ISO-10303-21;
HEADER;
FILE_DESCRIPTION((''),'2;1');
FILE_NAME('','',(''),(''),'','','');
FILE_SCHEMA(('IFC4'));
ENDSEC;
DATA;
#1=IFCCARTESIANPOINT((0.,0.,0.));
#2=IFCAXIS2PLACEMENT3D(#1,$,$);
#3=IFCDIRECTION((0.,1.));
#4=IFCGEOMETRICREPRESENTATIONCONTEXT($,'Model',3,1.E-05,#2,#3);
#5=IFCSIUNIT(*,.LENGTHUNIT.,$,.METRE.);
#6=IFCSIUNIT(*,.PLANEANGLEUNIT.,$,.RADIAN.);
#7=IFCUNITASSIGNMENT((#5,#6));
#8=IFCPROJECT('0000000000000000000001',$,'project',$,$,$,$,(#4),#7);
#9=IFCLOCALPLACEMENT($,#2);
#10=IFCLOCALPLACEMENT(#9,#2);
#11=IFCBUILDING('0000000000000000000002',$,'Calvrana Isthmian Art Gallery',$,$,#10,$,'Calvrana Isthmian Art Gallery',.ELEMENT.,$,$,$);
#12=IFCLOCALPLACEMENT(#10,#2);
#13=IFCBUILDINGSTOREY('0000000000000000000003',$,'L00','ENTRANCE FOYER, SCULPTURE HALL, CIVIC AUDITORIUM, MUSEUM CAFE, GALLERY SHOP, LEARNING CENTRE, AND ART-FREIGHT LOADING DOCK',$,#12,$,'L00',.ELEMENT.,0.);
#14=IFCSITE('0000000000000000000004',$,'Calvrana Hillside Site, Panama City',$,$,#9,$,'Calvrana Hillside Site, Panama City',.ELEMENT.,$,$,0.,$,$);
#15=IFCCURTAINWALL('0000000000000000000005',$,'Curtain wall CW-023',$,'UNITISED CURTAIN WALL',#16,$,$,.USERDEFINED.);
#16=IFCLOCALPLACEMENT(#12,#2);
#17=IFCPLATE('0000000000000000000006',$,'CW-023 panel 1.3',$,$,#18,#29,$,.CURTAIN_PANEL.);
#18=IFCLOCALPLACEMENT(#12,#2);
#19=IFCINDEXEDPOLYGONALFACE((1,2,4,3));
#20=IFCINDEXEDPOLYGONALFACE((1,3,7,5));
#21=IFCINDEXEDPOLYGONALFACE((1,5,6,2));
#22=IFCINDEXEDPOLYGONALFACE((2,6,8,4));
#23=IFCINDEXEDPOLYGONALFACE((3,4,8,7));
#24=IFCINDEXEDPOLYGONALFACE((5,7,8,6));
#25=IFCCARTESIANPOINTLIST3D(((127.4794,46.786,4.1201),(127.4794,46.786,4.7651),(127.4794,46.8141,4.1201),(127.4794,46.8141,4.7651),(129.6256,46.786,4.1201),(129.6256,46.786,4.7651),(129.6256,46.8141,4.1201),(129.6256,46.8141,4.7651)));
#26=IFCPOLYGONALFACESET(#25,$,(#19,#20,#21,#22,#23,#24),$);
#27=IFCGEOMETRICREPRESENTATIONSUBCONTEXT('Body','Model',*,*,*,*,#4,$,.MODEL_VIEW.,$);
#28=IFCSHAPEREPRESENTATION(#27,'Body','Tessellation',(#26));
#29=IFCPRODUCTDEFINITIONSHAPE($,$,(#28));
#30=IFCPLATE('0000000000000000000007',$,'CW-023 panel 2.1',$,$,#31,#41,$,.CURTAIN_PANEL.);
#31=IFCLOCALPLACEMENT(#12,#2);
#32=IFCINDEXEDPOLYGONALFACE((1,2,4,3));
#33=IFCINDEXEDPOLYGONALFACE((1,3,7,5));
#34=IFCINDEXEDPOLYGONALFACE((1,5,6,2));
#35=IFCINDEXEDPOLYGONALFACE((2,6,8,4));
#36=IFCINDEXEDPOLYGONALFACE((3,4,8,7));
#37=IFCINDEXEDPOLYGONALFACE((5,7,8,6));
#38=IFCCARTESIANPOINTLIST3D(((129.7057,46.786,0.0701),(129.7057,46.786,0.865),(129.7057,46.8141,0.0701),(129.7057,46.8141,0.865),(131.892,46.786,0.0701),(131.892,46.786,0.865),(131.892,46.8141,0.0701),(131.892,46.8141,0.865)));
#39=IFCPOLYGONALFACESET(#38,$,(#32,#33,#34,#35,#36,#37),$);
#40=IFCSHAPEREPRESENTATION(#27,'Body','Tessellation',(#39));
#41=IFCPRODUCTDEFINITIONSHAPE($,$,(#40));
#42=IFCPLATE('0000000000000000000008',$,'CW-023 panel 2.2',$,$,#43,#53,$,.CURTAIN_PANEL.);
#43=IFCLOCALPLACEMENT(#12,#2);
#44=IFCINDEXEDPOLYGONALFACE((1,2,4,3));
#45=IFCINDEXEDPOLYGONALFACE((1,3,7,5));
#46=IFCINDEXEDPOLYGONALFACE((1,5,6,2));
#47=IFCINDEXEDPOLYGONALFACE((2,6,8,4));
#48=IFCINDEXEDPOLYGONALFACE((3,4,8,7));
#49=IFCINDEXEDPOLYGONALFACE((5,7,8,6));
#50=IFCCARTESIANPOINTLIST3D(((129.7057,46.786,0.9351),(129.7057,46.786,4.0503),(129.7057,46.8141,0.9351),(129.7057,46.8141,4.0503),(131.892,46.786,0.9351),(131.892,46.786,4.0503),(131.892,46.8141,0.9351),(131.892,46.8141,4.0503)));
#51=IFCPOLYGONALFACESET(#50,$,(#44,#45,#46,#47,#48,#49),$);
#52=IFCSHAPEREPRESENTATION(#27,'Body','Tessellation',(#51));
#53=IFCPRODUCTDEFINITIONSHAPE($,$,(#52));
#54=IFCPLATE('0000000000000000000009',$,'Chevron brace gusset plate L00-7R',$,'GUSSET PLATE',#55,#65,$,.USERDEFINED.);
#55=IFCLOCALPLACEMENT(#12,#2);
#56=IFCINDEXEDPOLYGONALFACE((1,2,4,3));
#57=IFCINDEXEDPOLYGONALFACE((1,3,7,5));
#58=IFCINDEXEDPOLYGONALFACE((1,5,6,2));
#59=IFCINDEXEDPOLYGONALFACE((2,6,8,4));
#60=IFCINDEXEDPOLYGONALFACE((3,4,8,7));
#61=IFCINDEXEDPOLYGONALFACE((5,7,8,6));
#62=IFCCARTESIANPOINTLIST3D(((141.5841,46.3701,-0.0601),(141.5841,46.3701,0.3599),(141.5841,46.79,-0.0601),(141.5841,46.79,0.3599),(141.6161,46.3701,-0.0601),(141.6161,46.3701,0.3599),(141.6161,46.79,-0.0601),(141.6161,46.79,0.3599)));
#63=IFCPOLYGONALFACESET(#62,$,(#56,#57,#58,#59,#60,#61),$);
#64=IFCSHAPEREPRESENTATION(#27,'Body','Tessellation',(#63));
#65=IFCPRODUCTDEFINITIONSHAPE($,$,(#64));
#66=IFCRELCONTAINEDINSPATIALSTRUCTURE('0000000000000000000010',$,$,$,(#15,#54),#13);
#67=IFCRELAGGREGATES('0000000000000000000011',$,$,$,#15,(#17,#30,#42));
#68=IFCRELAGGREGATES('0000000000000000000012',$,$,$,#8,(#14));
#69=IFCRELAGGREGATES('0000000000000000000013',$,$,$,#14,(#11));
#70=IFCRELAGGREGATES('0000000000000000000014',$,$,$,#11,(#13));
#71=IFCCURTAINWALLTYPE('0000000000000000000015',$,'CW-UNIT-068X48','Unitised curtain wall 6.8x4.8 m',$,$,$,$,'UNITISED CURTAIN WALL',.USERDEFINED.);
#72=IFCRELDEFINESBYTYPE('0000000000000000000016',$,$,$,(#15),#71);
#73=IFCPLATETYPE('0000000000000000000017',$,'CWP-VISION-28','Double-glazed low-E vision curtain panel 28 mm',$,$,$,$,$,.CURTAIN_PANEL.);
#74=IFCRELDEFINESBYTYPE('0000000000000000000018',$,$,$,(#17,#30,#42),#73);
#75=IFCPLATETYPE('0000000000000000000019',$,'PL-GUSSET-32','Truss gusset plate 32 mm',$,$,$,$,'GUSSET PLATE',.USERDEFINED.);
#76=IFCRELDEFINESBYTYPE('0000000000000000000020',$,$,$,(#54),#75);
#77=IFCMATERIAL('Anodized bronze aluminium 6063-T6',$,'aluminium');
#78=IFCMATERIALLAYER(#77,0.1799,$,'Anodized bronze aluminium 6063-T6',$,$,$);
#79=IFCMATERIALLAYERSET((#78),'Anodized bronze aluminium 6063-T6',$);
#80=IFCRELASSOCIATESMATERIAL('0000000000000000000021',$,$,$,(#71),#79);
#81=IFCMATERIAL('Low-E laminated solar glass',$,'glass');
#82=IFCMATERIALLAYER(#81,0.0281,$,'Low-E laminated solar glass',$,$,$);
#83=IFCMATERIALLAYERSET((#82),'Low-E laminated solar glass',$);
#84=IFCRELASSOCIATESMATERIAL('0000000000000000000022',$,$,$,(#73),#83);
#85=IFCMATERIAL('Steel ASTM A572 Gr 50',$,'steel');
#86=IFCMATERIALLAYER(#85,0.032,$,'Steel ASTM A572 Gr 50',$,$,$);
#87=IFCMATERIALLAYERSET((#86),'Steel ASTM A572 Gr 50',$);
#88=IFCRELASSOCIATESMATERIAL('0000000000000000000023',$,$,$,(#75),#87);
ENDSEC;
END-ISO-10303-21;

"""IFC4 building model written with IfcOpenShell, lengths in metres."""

from ifc_helpers import new_model, si_unit, direction, frame, origin, origin_2d, place, context, subcontext, project, spatial, rectangle, extrude, material, layer, layer_set, type_object, element, aggregate, save


model = new_model("IFC4")

# Units and contexts
model_context = context("Model", 3, precision=1e-05, world=origin(), true_north=direction((0.0, 1.0)))
body_context = subcontext(model_context, "Body", "Model", "MODEL_VIEW")
ifc_project = project(units=[si_unit("LENGTHUNIT", "METRE"), si_unit("PLANEANGLEUNIT", "RADIAN")], contexts=[model_context])

# Site, building, storey
site_placement = place(None, origin())
site = spatial("IfcSite", under=ifc_project, at=site_placement, Name="Calvrana Hillside Site, Panama City", LongName="Calvrana Hillside Site, Panama City", CompositionType="ELEMENT", RefElevation=0.0)
building_placement = place(site_placement, origin())
building = spatial("IfcBuilding", under=site, at=building_placement, Name="Calvrana Isthmian Art Gallery", LongName="Calvrana Isthmian Art Gallery", CompositionType="ELEMENT")
storey_placement = place(building_placement, origin())
storey = spatial("IfcBuildingStorey", under=building, at=storey_placement, Name="L00", Description="ENTRANCE FOYER, SCULPTURE HALL, CIVIC AUDITORIUM, MUSEUM CAFE, GALLERY SHOP, LEARNING CENTRE, AND ART-FREIGHT LOADING DOCK", LongName="L00", CompositionType="ELEMENT", Elevation=0.0)

# Curtain wall
ifc_material_1 = material(Name="Anodized bronze aluminium 6063-T6", Category="aluminium")
ifc_layer_1 = layer(ifc_material_1, 0.1799, Name="Anodized bronze aluminium 6063-T6")
ifc_layer_set_1 = layer_set([ifc_layer_1], Name="Anodized bronze aluminium 6063-T6")
curtain_wall_type_1 = type_object("IfcCurtainWallType", Name="CW-UNIT-068X48", Description="Unitised curtain wall 6.8x4.8 m", ElementType="UNITISED CURTAIN WALL", PredefinedType="USERDEFINED", material=ifc_layer_set_1)
curtain_wall_1_placement = place(storey_placement, origin())
curtain_wall_1 = element("IfcCurtainWall", 1, at=curtain_wall_1_placement, inside=storey, type_object=curtain_wall_type_1, Name="Curtain wall CW-023", ObjectType="UNITISED CURTAIN WALL", PredefinedType="USERDEFINED")

# Plates
ifc_material_2 = material(Name="Low-E laminated solar glass", Category="glass")
ifc_layer_2 = layer(ifc_material_2, 0.0281, Name="Low-E laminated solar glass")
ifc_layer_set_2 = layer_set([ifc_layer_2], Name="Low-E laminated solar glass")
plate_type_1 = type_object("IfcPlateType", Name="CWP-VISION-28", Description="Double-glazed low-E vision curtain panel 28 mm", PredefinedType="CURTAIN_PANEL", material=ifc_layer_set_2)
plate_1_placement = place(storey_placement, frame((128.5525, 46.8, 4.1201), z_axis=(0.0, 0.0, 1.0), x_axis=(1.0, 0.0, 0.0)))
plate_1 = element("IfcPlate", 2, at=plate_1_placement, type_object=plate_type_1, Name="CW-023 panel 1.3", PredefinedType="CURTAIN_PANEL", context=body_context, shape_type="SweptSolid", body=[
    extrude(rectangle(XDim=2.1462, YDim=0.0281, at=origin_2d()), origin(), (0.0, 0.0, 1.0), 0.645),
])
plate_2_placement = place(storey_placement, frame((130.7988, 46.8, 0.0701), z_axis=(0.0, 0.0, 1.0), x_axis=(1.0, 0.0, 0.0)))
plate_2 = element("IfcPlate", 3, at=plate_2_placement, type_object=plate_type_1, Name="CW-023 panel 2.1", PredefinedType="CURTAIN_PANEL", context=body_context, shape_type="SweptSolid", body=[
    extrude(rectangle(XDim=2.1863, YDim=0.0281, at=origin_2d()), origin(), (0.0, 0.0, 1.0), 0.7949),
])
plate_3_placement = place(storey_placement, frame((130.7988, 46.8, 0.9351), z_axis=(0.0, 0.0, 1.0), x_axis=(1.0, 0.0, 0.0)))
plate_3 = element("IfcPlate", 4, at=plate_3_placement, type_object=plate_type_1, Name="CW-023 panel 2.2", PredefinedType="CURTAIN_PANEL", context=body_context, shape_type="SweptSolid", body=[
    extrude(rectangle(XDim=2.1863, YDim=0.0281, at=origin_2d()), origin(), (0.0, 0.0, 1.0), 3.1152),
])
aggregate(curtain_wall_1, [plate_1, plate_2, plate_3])
ifc_material_3 = material(Name="Steel ASTM A572 Gr 50", Category="steel")
ifc_layer_3 = layer(ifc_material_3, 0.032, Name="Steel ASTM A572 Gr 50")
ifc_layer_set_3 = layer_set([ifc_layer_3], Name="Steel ASTM A572 Gr 50")
plate_type_2 = type_object("IfcPlateType", Name="PL-GUSSET-32", Description="Truss gusset plate 32 mm", ElementType="GUSSET PLATE", PredefinedType="USERDEFINED", material=ifc_layer_set_3)
plate_4_placement = place(storey_placement, frame((141.6001, 46.5801, -0.0601), z_axis=(0.0, 0.0, 1.0), x_axis=(1.0, 0.0, 0.0)))
element("IfcPlate", 5, at=plate_4_placement, inside=storey, type_object=plate_type_2, Name="Chevron brace gusset plate L00-7R", ObjectType="GUSSET PLATE", PredefinedType="USERDEFINED", context=body_context, shape_type="SweptSolid", body=[
    extrude(rectangle(XDim=0.032, YDim=0.4199, at=origin_2d()), origin(), (0.0, 0.0, 1.0), 0.4199),
])

save(model, "model.ifc")
